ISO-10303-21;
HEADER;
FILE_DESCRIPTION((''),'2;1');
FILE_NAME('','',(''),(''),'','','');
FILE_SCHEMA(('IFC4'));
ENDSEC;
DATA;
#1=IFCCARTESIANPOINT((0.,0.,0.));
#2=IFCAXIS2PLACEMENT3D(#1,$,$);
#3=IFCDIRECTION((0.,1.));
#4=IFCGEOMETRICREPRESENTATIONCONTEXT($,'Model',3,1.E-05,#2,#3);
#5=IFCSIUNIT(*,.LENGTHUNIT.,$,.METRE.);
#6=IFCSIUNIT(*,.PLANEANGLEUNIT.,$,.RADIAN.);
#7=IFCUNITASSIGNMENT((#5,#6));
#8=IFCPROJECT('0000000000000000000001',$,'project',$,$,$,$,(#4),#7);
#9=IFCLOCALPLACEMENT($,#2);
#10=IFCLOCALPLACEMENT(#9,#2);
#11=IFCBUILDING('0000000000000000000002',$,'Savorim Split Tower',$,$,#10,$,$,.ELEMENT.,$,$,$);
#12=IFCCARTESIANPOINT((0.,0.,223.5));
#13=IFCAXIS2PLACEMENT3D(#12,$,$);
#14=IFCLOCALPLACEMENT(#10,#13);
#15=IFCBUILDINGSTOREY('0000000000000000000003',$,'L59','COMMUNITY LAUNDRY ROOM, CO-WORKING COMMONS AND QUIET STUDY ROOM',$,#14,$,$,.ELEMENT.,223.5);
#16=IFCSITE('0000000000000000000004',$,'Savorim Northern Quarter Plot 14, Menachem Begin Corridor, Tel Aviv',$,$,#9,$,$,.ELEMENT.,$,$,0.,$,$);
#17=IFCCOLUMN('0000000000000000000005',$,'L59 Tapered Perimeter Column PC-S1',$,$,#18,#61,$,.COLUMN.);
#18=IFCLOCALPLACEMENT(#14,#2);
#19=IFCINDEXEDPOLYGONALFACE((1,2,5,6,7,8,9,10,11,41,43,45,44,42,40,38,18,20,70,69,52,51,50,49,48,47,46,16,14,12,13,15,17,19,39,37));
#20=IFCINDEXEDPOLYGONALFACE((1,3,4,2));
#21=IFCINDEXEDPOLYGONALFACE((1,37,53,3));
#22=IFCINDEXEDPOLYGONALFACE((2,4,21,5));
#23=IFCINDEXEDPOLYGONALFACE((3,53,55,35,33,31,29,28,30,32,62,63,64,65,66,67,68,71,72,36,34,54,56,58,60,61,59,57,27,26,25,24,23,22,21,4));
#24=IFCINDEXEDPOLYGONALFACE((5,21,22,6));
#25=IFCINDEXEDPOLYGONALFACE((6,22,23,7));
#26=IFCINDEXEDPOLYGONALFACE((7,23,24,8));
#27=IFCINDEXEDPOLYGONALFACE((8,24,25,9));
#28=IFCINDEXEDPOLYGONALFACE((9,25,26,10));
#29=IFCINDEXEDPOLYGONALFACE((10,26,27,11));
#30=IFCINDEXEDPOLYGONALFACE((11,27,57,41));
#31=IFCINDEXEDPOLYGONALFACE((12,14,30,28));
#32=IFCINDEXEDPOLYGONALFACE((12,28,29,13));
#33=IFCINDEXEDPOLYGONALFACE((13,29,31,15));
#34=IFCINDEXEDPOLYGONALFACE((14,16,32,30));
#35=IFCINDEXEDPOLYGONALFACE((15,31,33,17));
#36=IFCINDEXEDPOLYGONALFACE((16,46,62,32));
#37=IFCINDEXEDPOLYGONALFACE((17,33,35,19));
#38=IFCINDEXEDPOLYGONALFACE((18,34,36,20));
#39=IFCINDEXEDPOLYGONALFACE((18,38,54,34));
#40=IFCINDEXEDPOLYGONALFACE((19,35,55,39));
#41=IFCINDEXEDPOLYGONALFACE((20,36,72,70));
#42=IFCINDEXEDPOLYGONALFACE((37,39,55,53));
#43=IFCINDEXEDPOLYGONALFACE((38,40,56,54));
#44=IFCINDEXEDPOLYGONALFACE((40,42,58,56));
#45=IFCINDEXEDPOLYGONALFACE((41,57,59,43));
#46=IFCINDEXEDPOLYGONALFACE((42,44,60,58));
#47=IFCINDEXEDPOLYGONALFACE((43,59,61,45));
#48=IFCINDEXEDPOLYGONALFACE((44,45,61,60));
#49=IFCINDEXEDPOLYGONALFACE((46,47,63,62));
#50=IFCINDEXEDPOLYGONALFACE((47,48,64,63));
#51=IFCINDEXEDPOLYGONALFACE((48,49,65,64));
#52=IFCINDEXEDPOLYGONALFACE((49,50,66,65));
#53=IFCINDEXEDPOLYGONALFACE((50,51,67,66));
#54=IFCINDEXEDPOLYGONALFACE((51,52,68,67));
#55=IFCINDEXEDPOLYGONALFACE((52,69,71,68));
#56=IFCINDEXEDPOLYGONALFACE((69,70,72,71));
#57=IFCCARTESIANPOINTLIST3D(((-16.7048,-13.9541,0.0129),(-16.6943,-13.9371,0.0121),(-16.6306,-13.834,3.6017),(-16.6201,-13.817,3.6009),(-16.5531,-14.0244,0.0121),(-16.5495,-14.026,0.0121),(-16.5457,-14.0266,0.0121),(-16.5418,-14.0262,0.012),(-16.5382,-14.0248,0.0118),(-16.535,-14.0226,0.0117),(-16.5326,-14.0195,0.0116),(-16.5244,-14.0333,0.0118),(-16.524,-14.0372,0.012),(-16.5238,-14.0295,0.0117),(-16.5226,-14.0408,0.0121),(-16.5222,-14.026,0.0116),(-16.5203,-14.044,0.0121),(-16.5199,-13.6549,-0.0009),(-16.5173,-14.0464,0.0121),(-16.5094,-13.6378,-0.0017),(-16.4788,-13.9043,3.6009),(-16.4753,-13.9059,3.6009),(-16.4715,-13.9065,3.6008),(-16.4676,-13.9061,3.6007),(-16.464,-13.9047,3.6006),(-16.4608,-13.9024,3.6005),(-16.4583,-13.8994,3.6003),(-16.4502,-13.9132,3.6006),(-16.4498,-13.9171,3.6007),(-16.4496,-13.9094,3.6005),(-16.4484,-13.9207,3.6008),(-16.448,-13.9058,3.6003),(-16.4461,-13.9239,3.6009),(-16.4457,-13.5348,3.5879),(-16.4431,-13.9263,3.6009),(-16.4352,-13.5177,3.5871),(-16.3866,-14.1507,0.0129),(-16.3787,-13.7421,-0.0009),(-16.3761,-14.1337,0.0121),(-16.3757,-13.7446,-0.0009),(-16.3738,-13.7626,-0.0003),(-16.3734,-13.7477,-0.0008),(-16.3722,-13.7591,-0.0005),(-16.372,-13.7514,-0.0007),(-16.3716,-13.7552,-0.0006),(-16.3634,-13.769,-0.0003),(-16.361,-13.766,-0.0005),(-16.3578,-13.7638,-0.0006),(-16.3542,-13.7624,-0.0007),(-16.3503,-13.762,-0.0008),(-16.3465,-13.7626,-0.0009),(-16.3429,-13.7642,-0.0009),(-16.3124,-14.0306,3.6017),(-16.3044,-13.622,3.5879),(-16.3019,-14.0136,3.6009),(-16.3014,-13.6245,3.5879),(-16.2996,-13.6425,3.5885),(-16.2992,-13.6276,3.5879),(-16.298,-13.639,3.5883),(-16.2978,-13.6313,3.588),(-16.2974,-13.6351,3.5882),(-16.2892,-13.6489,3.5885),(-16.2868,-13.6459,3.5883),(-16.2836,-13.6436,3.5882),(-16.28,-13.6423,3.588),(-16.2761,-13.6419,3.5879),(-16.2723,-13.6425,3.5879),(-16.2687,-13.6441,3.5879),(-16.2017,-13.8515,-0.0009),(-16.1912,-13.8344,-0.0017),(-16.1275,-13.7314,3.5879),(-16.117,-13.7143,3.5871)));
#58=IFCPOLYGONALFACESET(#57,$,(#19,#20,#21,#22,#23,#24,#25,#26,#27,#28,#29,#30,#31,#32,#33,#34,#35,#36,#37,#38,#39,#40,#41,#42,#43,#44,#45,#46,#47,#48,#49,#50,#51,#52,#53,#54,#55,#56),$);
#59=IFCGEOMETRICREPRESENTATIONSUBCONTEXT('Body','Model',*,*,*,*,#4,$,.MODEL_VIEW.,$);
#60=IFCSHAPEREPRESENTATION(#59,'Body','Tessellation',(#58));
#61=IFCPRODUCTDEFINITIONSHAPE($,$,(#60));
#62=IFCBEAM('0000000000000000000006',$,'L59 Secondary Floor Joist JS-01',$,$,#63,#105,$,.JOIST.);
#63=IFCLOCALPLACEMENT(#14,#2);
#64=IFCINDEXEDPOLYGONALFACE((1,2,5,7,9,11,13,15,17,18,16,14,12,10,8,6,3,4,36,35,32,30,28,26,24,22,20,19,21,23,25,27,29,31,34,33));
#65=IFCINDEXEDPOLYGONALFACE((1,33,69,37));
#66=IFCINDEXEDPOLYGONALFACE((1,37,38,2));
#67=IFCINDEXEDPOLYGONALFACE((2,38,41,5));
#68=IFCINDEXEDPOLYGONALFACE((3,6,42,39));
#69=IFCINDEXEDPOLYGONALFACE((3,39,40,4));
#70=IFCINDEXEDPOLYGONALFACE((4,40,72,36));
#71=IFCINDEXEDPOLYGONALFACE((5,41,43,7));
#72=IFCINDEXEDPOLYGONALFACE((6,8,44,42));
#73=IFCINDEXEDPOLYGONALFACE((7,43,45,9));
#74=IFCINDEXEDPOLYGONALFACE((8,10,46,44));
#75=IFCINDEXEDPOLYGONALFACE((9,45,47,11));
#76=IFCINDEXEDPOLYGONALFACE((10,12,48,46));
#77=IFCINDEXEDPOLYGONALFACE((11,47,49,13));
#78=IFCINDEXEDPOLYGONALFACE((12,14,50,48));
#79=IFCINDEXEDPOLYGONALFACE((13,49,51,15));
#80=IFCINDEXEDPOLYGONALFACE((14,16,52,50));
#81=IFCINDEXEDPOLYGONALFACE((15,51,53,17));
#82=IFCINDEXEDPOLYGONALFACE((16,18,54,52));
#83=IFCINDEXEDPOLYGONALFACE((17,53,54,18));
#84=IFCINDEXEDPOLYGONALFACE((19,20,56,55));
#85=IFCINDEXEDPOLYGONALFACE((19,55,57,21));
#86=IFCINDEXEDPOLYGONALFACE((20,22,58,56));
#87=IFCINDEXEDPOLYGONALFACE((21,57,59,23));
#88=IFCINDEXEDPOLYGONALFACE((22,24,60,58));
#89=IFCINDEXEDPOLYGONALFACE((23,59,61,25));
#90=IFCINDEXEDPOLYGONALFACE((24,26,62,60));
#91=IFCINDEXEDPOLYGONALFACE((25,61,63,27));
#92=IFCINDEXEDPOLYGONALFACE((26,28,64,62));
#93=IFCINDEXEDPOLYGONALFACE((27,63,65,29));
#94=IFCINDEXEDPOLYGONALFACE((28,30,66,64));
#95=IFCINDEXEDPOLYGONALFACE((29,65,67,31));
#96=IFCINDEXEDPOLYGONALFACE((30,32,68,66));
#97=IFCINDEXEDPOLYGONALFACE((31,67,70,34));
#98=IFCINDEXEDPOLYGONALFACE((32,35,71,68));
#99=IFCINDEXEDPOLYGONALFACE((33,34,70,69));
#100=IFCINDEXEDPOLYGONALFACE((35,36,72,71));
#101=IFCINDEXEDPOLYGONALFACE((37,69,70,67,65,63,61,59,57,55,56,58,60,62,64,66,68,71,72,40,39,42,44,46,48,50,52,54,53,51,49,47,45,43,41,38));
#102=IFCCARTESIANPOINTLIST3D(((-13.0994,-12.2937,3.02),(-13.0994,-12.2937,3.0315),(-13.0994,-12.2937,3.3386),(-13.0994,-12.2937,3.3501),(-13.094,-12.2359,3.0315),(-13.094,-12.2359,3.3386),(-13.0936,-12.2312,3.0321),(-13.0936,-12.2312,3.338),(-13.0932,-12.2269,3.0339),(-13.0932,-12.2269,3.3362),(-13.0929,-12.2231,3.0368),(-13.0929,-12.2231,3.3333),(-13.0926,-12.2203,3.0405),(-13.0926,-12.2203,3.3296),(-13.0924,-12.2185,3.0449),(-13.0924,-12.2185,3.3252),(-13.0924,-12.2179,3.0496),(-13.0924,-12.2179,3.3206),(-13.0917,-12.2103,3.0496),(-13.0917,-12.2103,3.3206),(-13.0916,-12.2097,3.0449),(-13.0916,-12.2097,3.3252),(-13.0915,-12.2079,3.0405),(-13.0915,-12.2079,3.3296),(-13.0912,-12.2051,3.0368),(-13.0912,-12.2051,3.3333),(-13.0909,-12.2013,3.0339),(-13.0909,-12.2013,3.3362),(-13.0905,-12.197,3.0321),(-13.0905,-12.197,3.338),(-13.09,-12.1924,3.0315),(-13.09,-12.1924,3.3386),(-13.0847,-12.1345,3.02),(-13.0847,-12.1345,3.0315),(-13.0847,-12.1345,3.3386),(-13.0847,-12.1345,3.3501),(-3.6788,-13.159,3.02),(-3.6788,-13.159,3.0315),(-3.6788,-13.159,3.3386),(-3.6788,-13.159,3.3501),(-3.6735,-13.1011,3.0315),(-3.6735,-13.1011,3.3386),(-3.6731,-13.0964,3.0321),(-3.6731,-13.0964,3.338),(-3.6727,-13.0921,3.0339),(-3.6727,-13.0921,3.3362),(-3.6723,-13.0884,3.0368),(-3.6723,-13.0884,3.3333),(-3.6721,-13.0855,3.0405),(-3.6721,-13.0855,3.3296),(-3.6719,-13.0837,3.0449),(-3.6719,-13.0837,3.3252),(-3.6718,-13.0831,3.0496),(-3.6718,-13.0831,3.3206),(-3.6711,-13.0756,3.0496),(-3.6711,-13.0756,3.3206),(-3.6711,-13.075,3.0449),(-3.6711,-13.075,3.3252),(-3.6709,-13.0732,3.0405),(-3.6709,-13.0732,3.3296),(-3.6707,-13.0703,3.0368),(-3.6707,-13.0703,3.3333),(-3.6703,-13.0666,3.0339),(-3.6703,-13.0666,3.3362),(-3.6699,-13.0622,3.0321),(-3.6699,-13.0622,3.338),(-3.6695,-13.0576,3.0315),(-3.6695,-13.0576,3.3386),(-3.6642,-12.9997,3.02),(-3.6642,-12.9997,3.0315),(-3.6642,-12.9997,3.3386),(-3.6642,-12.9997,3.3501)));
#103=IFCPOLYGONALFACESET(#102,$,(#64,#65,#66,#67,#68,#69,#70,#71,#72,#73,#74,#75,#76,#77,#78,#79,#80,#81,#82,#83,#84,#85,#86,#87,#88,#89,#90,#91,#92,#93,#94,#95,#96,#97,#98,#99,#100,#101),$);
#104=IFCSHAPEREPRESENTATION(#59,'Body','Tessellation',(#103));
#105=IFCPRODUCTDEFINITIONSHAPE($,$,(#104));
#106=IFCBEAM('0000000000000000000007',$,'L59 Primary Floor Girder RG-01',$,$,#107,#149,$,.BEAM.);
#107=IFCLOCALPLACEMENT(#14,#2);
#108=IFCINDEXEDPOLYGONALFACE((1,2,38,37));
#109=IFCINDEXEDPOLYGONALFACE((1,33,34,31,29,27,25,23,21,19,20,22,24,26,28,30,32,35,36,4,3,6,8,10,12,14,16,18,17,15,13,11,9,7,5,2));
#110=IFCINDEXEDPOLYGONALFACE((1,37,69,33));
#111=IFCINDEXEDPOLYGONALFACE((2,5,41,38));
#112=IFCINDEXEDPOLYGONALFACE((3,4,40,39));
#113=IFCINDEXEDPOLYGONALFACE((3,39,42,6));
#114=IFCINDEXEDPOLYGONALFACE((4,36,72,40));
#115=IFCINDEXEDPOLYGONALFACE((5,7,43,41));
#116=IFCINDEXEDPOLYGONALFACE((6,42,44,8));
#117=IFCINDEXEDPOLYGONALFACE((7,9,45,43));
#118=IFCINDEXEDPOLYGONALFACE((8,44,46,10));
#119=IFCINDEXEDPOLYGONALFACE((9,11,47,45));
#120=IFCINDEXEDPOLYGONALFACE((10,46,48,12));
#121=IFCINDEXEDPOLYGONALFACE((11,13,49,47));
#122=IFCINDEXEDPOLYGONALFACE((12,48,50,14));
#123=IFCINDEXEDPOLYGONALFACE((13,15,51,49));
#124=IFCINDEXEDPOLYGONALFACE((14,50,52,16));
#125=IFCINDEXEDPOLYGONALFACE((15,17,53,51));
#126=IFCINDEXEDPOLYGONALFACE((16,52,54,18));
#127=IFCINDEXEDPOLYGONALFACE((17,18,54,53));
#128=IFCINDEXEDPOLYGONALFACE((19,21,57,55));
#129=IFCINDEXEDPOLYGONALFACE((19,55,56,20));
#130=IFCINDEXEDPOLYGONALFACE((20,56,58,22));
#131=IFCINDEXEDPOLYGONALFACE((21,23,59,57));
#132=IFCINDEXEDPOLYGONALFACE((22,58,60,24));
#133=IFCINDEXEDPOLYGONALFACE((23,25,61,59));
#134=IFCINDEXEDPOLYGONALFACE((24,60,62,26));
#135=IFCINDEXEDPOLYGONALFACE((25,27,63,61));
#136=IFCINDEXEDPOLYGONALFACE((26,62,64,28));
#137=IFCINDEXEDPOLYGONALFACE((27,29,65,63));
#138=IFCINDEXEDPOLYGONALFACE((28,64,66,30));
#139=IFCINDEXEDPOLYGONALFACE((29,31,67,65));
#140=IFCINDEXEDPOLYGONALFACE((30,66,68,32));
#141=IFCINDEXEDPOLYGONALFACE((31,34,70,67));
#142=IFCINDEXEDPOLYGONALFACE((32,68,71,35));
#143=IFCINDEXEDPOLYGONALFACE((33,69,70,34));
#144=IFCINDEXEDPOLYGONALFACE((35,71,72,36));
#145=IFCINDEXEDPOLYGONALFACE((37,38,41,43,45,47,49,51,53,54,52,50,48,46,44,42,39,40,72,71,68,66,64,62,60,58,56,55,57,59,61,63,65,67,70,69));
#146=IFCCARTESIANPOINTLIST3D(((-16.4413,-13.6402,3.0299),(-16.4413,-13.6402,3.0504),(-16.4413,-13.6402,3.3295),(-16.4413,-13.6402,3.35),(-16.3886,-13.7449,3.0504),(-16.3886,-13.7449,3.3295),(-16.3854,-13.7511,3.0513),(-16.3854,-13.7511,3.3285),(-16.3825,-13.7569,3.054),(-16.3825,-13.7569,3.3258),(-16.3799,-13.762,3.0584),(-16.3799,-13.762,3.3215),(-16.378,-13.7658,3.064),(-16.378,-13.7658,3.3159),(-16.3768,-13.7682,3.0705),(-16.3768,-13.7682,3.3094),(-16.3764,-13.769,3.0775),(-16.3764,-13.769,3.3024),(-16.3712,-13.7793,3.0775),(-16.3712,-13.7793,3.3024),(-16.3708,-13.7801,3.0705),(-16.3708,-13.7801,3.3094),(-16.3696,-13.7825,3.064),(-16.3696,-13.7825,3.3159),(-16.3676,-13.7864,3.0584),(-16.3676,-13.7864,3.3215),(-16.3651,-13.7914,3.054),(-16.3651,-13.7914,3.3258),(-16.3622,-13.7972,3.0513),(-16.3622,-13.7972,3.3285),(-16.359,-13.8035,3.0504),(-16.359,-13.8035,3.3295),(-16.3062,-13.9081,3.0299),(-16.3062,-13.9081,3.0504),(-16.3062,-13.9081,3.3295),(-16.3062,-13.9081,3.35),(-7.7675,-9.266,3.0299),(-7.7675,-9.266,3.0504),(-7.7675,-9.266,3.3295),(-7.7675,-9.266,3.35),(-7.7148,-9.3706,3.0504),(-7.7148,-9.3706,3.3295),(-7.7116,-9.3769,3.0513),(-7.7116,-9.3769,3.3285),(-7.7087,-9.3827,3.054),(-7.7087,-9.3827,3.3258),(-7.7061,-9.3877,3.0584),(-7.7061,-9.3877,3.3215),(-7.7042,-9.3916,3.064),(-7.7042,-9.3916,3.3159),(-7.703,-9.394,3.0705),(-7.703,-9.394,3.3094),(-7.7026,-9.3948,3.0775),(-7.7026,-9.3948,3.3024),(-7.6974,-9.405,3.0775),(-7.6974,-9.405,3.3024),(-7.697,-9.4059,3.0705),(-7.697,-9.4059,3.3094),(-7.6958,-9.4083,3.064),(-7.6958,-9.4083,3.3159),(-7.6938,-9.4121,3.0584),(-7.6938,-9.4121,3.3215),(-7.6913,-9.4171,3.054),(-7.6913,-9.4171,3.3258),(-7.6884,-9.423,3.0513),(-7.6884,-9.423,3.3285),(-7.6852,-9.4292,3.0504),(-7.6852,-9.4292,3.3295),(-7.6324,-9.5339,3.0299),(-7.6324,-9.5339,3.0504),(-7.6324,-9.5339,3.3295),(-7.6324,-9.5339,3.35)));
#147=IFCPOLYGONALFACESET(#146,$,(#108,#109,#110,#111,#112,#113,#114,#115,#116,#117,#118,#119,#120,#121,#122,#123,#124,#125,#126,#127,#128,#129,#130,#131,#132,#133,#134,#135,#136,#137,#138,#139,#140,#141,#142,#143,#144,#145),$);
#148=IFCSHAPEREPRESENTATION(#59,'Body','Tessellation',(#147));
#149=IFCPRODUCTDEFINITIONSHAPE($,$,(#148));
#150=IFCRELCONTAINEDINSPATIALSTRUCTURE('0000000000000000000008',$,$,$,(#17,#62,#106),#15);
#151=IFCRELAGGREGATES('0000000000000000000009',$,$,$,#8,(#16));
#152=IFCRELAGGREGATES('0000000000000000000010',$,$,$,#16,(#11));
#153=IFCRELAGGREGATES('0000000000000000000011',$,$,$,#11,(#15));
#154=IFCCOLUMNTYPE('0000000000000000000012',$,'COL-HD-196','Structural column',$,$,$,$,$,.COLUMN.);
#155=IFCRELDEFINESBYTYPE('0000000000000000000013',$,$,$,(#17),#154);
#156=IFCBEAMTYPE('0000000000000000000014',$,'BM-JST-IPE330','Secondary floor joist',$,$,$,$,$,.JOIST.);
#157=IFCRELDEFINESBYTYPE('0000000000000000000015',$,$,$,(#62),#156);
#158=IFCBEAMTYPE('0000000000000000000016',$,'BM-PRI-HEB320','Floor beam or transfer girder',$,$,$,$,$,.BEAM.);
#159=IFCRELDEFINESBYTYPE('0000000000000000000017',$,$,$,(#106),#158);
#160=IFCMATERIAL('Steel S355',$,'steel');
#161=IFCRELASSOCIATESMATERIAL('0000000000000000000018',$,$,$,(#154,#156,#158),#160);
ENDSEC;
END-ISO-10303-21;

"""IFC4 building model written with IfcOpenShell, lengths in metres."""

from ifc_helpers import new_model, si_unit, direction, frame, origin, origin_2d, place, context, subcontext, project, spatial, i_section, extrude, material, material_profile, profile_set, type_object, element, save


model = new_model("IFC4")

# Units and contexts
model_context = context("Model", 3, precision=1e-05, world=origin(), true_north=direction((0.0, 1.0)))
body_context = subcontext(model_context, "Body", "Model", "MODEL_VIEW")
ifc_project = project(units=[si_unit("LENGTHUNIT", "METRE"), si_unit("PLANEANGLEUNIT", "RADIAN")], contexts=[model_context])

# Site, building, storey
site_placement = place(None, origin())
site = spatial("IfcSite", under=ifc_project, at=site_placement, Name="Savorim Northern Quarter Plot 14, Menachem Begin Corridor, Tel Aviv", CompositionType="ELEMENT", RefElevation=0.0)
building_placement = place(site_placement, origin())
building = spatial("IfcBuilding", under=site, at=building_placement, Name="Savorim Split Tower", CompositionType="ELEMENT")
storey_placement = place(building_placement, frame((0.0, 0.0, 223.5)))
storey = spatial("IfcBuildingStorey", under=building, at=storey_placement, Name="L59", Description="COMMUNITY LAUNDRY ROOM, CO-WORKING COMMONS AND QUIET STUDY ROOM", CompositionType="ELEMENT", Elevation=223.5)

# Column
ifc_material_1 = material(Name="Steel S355", Category="steel")
ifc_material_profile_1 = material_profile(ifc_material_1, i_section(OverallWidth=0.374, OverallDepth=0.3721, WebThickness=0.0122, FlangeThickness=0.02, FilletRadius=0.0149, at=origin_2d()), Name="HD 360x196")
ifc_profile_set_1 = profile_set([ifc_material_profile_1], Name="Steel S355")
column_type = type_object("IfcColumnType", Name="COL-HD-196", Description="Structural column", PredefinedType="COLUMN", material=ifc_profile_set_1)
column_placement = place(storey_placement, frame((-16.448, -13.8943, 0.0056), z_axis=(0.020664, 0.033444, 0.999227), x_axis=(-0.850707, 0.52564, 0.0)))
element("IfcColumn", 1, at=column_placement, inside=storey, type_object=column_type, Name="L59 Tapered Perimeter Column PC-S1", PredefinedType="COLUMN", context=body_context, shape_type="SweptSolid", body=[
    extrude(i_section(OverallWidth=0.374, OverallDepth=0.3721, WebThickness=0.0122, FlangeThickness=0.02, FilletRadius=0.0149, at=origin_2d()), origin(), (0.0, 0.0, 1.0), 3.5916),
])

# Beams
ifc_material_profile_2 = material_profile(ifc_material_1, i_section(OverallWidth=0.1599, OverallDepth=0.3301, WebThickness=0.0076, FlangeThickness=0.0115, FilletRadius=0.0181, at=origin_2d()), Name="IPE 330")
ifc_profile_set_2 = profile_set([ifc_material_profile_2], Name="Steel S355")
beam_type_1 = type_object("IfcBeamType", Name="BM-JST-IPE330", Description="Secondary floor joist", PredefinedType="JOIST", material=ifc_profile_set_2)
beam_1_placement = place(storey_placement, frame((-13.092, -12.2141, 3.1851), z_axis=(0.995809, -0.091459, 0.0), x_axis=(0.091459, 0.995809, 0.0)))
element("IfcBeam", 2, at=beam_1_placement, inside=storey, type_object=beam_type_1, Name="L59 Secondary Floor Joist JS-01", PredefinedType="JOIST", context=body_context, shape_type="SweptSolid", body=[
    extrude(i_section(OverallWidth=0.1599, OverallDepth=0.3301, WebThickness=0.0076, FlangeThickness=0.0115, FilletRadius=0.0181, at=origin_2d()), origin(), (0.0, 0.0, 1.0), 9.4602),
])
ifc_material_profile_3 = material_profile(ifc_material_1, i_section(OverallWidth=0.3, OverallDepth=0.3201, WebThickness=0.0115, FlangeThickness=0.0205, FilletRadius=0.0271, at=origin_2d()), Name="HEB 320")
ifc_profile_set_3 = profile_set([ifc_material_profile_3], Name="Steel S355")
beam_type_2 = type_object("IfcBeamType", Name="BM-PRI-HEB320", Description="Floor beam or transfer girder", PredefinedType="BEAM", material=ifc_profile_set_3)
beam_2_placement = place(storey_placement, frame((-16.3738, -13.7742, 3.1899), z_axis=(0.892884, 0.450287, 0.0), x_axis=(-0.450287, 0.892884, 0.0)))
element("IfcBeam", 3, at=beam_2_placement, inside=storey, type_object=beam_type_2, Name="L59 Primary Floor Girder RG-01", PredefinedType="BEAM", context=body_context, shape_type="SweptSolid", body=[
    extrude(i_section(OverallWidth=0.3, OverallDepth=0.3201, WebThickness=0.0115, FlangeThickness=0.0205, FilletRadius=0.0271, at=origin_2d()), origin(), (0.0, 0.0, 1.0), 9.7144),
])

save(model, "model.ifc")
